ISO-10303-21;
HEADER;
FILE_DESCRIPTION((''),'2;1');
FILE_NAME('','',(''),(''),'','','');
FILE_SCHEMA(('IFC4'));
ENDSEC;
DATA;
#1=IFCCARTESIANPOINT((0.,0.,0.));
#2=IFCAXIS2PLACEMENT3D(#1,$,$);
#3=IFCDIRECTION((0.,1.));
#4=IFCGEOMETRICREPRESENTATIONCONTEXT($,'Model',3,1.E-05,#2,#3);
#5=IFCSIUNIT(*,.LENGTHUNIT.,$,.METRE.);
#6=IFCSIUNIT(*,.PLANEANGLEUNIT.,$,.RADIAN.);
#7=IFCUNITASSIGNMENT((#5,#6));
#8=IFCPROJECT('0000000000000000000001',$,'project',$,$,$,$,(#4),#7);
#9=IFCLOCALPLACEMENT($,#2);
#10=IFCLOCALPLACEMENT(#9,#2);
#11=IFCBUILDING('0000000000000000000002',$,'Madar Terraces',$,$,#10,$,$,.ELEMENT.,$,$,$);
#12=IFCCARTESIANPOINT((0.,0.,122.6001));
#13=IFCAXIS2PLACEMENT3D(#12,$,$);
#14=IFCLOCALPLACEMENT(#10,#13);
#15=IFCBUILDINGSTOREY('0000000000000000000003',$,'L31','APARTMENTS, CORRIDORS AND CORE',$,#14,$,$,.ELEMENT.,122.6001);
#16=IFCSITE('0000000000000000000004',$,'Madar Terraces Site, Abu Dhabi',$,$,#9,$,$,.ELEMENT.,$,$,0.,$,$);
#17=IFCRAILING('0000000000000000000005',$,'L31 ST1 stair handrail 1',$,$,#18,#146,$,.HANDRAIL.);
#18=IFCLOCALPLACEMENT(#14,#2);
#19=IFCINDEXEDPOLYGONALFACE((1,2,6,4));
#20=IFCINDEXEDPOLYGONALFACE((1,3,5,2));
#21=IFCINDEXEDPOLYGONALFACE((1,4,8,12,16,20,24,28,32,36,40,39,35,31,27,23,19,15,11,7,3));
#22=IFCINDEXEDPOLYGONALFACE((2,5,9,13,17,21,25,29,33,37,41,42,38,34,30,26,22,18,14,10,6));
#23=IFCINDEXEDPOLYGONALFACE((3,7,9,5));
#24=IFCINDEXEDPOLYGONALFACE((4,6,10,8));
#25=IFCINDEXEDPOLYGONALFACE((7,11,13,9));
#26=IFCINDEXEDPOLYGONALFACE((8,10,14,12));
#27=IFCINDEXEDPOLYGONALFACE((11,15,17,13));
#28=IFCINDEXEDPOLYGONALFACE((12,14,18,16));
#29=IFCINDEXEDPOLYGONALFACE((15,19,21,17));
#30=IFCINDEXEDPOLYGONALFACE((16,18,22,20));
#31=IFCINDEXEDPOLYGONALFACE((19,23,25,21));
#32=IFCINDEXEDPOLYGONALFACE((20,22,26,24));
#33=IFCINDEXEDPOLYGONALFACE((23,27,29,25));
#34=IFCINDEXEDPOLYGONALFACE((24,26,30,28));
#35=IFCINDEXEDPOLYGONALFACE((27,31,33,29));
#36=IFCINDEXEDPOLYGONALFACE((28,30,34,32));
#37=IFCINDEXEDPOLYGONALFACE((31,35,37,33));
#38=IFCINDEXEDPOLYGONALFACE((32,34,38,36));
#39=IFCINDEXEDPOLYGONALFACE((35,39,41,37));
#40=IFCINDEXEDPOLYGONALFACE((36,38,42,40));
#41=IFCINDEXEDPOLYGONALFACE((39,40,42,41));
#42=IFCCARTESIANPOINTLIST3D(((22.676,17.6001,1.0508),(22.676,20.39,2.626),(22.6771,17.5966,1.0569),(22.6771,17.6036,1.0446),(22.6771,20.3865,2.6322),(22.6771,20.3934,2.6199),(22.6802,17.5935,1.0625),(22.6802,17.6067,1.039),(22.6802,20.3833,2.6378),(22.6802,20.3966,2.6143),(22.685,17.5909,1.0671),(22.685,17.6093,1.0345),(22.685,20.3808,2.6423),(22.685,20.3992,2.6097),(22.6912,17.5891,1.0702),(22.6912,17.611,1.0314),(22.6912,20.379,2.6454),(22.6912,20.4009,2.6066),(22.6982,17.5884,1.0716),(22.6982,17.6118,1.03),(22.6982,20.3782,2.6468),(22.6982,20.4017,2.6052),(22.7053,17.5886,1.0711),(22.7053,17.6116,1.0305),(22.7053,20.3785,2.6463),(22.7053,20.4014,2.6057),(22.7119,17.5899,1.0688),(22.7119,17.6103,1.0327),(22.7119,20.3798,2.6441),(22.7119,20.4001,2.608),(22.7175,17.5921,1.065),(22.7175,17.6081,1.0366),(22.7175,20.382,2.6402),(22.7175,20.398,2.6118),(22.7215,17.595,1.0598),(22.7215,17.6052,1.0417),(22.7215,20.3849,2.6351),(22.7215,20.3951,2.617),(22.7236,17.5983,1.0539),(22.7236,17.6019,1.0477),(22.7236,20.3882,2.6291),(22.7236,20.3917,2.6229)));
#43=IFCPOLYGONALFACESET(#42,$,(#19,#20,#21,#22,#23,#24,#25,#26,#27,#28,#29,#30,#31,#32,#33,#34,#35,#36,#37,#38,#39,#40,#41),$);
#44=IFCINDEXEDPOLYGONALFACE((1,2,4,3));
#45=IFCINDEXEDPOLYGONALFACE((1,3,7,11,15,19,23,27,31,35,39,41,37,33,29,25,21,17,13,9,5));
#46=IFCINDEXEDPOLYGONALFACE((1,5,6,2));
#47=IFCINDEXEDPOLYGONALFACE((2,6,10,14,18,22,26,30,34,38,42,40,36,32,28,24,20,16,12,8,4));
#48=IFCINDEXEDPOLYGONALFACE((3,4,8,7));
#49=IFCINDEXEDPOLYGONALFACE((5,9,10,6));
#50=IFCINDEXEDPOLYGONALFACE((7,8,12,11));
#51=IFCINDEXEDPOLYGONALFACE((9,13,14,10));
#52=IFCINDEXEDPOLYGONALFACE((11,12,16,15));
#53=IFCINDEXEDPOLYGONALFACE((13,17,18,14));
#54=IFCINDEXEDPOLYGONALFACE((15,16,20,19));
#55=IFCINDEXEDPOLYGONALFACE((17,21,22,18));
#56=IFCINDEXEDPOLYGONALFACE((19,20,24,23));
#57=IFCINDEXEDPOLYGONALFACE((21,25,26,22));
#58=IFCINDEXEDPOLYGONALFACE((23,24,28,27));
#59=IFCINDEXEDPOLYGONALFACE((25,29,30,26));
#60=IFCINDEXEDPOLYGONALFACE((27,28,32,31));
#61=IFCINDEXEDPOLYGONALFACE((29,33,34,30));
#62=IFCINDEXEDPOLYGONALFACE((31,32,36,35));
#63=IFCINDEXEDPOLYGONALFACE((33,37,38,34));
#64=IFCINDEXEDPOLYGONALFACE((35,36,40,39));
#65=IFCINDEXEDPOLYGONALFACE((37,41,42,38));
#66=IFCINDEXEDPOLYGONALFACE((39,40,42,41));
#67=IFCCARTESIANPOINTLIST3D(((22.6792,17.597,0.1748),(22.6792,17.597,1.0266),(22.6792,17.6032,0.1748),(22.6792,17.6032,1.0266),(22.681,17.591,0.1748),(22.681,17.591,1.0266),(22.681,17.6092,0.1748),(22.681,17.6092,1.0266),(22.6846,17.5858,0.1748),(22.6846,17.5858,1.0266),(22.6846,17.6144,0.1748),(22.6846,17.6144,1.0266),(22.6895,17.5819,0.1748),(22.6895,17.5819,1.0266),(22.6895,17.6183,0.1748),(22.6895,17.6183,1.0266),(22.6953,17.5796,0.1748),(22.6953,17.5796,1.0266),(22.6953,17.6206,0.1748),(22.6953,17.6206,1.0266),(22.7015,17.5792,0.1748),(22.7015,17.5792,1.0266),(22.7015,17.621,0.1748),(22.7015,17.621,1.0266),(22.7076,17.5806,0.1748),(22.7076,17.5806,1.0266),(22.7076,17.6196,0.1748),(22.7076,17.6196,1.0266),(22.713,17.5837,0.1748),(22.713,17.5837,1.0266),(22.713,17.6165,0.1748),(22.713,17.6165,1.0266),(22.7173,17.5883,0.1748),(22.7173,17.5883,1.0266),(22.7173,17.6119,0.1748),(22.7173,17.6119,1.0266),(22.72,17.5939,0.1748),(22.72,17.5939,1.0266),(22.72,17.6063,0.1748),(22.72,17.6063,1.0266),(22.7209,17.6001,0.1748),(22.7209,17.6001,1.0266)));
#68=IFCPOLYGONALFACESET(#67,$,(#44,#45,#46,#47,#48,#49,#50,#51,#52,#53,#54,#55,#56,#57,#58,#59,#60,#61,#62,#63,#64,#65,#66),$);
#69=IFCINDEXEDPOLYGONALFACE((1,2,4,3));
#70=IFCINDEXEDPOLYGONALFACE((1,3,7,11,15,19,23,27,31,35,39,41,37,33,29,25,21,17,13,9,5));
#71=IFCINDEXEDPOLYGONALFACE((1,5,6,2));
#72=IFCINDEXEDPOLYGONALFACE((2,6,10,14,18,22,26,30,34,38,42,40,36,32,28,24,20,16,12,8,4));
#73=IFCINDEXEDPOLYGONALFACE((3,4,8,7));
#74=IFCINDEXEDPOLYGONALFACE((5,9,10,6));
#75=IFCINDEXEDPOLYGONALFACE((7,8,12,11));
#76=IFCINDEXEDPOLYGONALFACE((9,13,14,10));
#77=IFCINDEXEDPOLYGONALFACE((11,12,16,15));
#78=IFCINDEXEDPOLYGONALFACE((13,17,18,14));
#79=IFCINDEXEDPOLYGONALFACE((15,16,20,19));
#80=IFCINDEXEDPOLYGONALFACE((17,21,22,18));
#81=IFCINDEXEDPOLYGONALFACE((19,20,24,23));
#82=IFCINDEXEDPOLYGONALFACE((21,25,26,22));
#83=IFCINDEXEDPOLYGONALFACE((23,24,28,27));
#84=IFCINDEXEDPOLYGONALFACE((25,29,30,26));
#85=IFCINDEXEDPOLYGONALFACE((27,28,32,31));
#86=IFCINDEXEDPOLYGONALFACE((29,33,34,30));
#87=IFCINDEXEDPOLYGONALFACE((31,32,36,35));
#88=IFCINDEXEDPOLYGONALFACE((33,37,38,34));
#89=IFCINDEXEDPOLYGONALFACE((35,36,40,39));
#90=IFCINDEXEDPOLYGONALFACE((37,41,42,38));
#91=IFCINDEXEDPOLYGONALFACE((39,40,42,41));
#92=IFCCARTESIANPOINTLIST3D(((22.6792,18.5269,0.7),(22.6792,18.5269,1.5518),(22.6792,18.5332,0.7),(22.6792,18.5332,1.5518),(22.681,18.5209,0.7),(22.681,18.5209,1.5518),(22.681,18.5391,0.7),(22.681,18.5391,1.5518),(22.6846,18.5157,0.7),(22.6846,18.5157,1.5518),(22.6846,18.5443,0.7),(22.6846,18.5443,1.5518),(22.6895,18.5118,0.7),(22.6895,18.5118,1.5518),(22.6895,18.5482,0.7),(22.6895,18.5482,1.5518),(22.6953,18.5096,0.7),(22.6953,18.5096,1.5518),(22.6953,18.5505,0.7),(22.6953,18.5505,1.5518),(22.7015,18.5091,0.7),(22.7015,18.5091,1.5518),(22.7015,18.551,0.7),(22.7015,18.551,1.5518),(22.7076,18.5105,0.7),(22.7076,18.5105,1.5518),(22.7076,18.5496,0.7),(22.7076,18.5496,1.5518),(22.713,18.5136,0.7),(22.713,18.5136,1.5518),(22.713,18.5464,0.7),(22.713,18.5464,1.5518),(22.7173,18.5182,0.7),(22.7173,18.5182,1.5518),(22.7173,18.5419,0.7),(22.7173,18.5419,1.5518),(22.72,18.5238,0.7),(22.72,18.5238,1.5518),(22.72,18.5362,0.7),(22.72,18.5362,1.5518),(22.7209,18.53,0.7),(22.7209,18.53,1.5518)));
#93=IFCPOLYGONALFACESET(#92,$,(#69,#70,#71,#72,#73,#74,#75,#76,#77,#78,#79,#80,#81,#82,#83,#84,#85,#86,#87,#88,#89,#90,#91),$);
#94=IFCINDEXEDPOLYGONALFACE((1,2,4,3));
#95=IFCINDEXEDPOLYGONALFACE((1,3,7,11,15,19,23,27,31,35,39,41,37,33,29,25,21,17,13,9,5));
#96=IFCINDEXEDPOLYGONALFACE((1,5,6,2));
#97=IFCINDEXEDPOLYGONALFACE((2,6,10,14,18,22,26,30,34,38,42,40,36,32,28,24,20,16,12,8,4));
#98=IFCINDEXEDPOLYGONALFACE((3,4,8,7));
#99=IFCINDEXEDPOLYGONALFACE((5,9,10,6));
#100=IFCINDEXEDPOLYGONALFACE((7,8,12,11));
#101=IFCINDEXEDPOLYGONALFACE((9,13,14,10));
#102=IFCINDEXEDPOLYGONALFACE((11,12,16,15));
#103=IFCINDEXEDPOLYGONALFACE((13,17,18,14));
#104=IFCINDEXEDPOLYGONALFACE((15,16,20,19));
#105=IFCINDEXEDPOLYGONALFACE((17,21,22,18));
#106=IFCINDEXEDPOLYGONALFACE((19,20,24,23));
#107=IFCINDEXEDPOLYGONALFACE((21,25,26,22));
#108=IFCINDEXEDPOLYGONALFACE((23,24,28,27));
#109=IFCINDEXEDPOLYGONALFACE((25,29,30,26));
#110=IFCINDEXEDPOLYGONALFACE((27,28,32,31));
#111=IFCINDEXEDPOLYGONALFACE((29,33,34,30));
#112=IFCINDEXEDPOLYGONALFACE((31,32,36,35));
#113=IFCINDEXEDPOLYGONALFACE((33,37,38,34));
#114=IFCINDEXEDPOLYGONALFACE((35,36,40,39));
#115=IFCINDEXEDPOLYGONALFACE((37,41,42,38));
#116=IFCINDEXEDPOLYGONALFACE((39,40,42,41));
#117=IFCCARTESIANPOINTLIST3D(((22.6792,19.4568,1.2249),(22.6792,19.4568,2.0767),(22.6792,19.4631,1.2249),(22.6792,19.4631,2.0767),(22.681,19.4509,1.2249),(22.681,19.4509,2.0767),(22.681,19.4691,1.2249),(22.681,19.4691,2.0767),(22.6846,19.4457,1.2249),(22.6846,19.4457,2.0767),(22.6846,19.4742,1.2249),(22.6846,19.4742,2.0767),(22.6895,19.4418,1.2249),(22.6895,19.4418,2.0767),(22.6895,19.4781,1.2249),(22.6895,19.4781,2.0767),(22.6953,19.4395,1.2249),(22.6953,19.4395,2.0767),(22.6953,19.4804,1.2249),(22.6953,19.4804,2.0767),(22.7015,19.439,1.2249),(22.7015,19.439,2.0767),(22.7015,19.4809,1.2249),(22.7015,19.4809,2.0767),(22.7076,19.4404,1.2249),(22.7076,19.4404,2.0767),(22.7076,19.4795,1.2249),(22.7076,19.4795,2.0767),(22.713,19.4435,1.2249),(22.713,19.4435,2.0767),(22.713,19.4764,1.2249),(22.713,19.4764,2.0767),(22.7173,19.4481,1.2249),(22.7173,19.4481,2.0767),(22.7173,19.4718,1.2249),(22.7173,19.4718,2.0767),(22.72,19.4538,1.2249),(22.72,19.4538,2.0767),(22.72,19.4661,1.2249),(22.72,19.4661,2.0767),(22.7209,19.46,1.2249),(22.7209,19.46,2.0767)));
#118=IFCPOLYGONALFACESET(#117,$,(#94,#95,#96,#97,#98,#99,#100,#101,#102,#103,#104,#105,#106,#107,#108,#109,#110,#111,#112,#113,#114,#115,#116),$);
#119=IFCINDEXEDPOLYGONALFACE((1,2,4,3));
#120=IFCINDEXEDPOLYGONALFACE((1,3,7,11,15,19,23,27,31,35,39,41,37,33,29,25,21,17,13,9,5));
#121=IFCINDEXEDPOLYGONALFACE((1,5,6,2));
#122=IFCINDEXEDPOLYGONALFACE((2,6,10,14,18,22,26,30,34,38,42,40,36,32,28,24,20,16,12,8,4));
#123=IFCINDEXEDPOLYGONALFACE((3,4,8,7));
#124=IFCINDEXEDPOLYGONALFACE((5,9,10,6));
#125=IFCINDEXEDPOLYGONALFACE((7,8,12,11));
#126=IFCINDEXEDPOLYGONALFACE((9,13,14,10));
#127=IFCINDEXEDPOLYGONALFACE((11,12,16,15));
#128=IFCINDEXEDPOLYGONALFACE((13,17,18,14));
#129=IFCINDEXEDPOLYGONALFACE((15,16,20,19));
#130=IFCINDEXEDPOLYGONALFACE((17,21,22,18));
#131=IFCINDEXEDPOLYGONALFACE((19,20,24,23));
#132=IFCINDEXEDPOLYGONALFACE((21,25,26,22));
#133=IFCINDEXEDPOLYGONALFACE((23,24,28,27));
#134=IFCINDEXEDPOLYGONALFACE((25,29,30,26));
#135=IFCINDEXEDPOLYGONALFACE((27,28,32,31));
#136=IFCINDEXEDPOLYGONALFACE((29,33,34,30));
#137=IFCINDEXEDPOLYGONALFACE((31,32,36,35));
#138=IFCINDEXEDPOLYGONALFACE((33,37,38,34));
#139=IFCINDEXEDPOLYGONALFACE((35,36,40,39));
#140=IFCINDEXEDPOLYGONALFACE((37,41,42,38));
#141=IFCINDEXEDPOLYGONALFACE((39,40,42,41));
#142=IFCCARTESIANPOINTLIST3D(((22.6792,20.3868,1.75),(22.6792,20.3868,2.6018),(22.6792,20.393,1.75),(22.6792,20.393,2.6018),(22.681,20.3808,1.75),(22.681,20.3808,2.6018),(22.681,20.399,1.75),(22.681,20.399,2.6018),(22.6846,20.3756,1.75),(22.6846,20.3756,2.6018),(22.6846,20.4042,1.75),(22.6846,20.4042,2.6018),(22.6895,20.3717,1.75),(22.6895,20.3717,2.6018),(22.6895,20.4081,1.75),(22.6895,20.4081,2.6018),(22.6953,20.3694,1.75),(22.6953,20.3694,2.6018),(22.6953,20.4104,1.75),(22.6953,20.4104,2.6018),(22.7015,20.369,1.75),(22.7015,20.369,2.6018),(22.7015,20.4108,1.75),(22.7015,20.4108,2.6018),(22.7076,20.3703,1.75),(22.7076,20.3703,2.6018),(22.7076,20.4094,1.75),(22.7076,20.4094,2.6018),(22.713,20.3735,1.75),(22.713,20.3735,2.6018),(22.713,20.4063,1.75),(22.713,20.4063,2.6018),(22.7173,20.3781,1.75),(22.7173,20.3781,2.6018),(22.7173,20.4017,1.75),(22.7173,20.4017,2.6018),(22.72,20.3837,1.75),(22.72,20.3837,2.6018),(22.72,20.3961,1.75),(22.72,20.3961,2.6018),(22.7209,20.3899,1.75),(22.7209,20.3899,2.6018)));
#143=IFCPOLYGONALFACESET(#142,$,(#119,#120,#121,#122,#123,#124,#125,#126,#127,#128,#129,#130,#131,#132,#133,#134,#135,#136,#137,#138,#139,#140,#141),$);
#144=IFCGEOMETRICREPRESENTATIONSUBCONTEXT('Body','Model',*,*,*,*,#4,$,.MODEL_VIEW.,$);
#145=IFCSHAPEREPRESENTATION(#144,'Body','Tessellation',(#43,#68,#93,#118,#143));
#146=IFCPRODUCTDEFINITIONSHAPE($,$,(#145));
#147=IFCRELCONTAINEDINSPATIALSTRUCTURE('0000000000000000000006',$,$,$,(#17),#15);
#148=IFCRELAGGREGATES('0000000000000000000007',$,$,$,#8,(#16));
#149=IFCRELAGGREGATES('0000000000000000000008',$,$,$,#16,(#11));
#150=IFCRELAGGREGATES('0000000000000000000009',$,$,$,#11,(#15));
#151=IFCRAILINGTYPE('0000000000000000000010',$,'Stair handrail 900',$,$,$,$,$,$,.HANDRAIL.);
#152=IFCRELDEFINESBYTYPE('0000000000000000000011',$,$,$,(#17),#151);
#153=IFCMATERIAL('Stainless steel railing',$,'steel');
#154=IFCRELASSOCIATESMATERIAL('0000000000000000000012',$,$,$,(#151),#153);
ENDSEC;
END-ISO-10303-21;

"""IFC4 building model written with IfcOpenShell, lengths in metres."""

from ifc_helpers import new_model, si_unit, direction, frame, origin, origin_2d, place, context, subcontext, project, spatial, circle, extrude, material, type_object, element, save


model = new_model("IFC4")

# Units and contexts
model_context = context("Model", 3, precision=1e-05, world=origin(), true_north=direction((0.0, 1.0)))
body_context = subcontext(model_context, "Body", "Model", "MODEL_VIEW")
ifc_project = project(units=[si_unit("LENGTHUNIT", "METRE"), si_unit("PLANEANGLEUNIT", "RADIAN")], contexts=[model_context])

# Site, building, storey
site_placement = place(None, origin())
site = spatial("IfcSite", under=ifc_project, at=site_placement, Name="Madar Terraces Site, Abu Dhabi", CompositionType="ELEMENT", RefElevation=0.0)
building_placement = place(site_placement, origin())
building = spatial("IfcBuilding", under=site, at=building_placement, Name="Madar Terraces", CompositionType="ELEMENT")
storey_placement = place(building_placement, frame((0.0, 0.0, 122.6001)))
storey = spatial("IfcBuildingStorey", under=building, at=storey_placement, Name="L31", Description="APARTMENTS, CORRIDORS AND CORE", CompositionType="ELEMENT", Elevation=122.6001)

# Railing
ifc_material_1 = material(Name="Stainless steel railing", Category="steel")
railing_type_1 = type_object("IfcRailingType", Name="Stair handrail 900", PredefinedType="HANDRAIL", material=ifc_material_1)
railing_placement = place(storey_placement, frame((22.7, 17.6001, 0.1748)))
element("IfcRailing", 1, at=railing_placement, inside=storey, type_object=railing_type_1, Name="L31 ST1 stair handrail 1", PredefinedType="HANDRAIL", context=body_context, shape_type="SweptSolid", body=[
    extrude(circle(Radius=0.0239, at=origin_2d()), frame((0.0, 0.0, 0.876), z_axis=(0.0, 0.870783, 0.491668), x_axis=(-1.0, 0.0, 0.0)), (0.0, 0.0, 1.0), 3.2039),
    extrude(circle(Radius=0.021, at=origin_2d()), origin(), (0.0, 0.0, 1.0), 0.8518),
    extrude(circle(Radius=0.021, at=origin_2d()), frame((0.0, 0.9299, 0.5251)), (0.0, 0.0, 1.0), 0.8518),
    extrude(circle(Radius=0.021, at=origin_2d()), frame((0.0, 1.8599, 1.05)), (0.0, 0.0, 1.0), 0.8518),
    extrude(circle(Radius=0.021, at=origin_2d()), frame((0.0, 2.7898, 1.5752)), (0.0, 0.0, 1.0), 0.8518),
])

save(model, "model.ifc")
